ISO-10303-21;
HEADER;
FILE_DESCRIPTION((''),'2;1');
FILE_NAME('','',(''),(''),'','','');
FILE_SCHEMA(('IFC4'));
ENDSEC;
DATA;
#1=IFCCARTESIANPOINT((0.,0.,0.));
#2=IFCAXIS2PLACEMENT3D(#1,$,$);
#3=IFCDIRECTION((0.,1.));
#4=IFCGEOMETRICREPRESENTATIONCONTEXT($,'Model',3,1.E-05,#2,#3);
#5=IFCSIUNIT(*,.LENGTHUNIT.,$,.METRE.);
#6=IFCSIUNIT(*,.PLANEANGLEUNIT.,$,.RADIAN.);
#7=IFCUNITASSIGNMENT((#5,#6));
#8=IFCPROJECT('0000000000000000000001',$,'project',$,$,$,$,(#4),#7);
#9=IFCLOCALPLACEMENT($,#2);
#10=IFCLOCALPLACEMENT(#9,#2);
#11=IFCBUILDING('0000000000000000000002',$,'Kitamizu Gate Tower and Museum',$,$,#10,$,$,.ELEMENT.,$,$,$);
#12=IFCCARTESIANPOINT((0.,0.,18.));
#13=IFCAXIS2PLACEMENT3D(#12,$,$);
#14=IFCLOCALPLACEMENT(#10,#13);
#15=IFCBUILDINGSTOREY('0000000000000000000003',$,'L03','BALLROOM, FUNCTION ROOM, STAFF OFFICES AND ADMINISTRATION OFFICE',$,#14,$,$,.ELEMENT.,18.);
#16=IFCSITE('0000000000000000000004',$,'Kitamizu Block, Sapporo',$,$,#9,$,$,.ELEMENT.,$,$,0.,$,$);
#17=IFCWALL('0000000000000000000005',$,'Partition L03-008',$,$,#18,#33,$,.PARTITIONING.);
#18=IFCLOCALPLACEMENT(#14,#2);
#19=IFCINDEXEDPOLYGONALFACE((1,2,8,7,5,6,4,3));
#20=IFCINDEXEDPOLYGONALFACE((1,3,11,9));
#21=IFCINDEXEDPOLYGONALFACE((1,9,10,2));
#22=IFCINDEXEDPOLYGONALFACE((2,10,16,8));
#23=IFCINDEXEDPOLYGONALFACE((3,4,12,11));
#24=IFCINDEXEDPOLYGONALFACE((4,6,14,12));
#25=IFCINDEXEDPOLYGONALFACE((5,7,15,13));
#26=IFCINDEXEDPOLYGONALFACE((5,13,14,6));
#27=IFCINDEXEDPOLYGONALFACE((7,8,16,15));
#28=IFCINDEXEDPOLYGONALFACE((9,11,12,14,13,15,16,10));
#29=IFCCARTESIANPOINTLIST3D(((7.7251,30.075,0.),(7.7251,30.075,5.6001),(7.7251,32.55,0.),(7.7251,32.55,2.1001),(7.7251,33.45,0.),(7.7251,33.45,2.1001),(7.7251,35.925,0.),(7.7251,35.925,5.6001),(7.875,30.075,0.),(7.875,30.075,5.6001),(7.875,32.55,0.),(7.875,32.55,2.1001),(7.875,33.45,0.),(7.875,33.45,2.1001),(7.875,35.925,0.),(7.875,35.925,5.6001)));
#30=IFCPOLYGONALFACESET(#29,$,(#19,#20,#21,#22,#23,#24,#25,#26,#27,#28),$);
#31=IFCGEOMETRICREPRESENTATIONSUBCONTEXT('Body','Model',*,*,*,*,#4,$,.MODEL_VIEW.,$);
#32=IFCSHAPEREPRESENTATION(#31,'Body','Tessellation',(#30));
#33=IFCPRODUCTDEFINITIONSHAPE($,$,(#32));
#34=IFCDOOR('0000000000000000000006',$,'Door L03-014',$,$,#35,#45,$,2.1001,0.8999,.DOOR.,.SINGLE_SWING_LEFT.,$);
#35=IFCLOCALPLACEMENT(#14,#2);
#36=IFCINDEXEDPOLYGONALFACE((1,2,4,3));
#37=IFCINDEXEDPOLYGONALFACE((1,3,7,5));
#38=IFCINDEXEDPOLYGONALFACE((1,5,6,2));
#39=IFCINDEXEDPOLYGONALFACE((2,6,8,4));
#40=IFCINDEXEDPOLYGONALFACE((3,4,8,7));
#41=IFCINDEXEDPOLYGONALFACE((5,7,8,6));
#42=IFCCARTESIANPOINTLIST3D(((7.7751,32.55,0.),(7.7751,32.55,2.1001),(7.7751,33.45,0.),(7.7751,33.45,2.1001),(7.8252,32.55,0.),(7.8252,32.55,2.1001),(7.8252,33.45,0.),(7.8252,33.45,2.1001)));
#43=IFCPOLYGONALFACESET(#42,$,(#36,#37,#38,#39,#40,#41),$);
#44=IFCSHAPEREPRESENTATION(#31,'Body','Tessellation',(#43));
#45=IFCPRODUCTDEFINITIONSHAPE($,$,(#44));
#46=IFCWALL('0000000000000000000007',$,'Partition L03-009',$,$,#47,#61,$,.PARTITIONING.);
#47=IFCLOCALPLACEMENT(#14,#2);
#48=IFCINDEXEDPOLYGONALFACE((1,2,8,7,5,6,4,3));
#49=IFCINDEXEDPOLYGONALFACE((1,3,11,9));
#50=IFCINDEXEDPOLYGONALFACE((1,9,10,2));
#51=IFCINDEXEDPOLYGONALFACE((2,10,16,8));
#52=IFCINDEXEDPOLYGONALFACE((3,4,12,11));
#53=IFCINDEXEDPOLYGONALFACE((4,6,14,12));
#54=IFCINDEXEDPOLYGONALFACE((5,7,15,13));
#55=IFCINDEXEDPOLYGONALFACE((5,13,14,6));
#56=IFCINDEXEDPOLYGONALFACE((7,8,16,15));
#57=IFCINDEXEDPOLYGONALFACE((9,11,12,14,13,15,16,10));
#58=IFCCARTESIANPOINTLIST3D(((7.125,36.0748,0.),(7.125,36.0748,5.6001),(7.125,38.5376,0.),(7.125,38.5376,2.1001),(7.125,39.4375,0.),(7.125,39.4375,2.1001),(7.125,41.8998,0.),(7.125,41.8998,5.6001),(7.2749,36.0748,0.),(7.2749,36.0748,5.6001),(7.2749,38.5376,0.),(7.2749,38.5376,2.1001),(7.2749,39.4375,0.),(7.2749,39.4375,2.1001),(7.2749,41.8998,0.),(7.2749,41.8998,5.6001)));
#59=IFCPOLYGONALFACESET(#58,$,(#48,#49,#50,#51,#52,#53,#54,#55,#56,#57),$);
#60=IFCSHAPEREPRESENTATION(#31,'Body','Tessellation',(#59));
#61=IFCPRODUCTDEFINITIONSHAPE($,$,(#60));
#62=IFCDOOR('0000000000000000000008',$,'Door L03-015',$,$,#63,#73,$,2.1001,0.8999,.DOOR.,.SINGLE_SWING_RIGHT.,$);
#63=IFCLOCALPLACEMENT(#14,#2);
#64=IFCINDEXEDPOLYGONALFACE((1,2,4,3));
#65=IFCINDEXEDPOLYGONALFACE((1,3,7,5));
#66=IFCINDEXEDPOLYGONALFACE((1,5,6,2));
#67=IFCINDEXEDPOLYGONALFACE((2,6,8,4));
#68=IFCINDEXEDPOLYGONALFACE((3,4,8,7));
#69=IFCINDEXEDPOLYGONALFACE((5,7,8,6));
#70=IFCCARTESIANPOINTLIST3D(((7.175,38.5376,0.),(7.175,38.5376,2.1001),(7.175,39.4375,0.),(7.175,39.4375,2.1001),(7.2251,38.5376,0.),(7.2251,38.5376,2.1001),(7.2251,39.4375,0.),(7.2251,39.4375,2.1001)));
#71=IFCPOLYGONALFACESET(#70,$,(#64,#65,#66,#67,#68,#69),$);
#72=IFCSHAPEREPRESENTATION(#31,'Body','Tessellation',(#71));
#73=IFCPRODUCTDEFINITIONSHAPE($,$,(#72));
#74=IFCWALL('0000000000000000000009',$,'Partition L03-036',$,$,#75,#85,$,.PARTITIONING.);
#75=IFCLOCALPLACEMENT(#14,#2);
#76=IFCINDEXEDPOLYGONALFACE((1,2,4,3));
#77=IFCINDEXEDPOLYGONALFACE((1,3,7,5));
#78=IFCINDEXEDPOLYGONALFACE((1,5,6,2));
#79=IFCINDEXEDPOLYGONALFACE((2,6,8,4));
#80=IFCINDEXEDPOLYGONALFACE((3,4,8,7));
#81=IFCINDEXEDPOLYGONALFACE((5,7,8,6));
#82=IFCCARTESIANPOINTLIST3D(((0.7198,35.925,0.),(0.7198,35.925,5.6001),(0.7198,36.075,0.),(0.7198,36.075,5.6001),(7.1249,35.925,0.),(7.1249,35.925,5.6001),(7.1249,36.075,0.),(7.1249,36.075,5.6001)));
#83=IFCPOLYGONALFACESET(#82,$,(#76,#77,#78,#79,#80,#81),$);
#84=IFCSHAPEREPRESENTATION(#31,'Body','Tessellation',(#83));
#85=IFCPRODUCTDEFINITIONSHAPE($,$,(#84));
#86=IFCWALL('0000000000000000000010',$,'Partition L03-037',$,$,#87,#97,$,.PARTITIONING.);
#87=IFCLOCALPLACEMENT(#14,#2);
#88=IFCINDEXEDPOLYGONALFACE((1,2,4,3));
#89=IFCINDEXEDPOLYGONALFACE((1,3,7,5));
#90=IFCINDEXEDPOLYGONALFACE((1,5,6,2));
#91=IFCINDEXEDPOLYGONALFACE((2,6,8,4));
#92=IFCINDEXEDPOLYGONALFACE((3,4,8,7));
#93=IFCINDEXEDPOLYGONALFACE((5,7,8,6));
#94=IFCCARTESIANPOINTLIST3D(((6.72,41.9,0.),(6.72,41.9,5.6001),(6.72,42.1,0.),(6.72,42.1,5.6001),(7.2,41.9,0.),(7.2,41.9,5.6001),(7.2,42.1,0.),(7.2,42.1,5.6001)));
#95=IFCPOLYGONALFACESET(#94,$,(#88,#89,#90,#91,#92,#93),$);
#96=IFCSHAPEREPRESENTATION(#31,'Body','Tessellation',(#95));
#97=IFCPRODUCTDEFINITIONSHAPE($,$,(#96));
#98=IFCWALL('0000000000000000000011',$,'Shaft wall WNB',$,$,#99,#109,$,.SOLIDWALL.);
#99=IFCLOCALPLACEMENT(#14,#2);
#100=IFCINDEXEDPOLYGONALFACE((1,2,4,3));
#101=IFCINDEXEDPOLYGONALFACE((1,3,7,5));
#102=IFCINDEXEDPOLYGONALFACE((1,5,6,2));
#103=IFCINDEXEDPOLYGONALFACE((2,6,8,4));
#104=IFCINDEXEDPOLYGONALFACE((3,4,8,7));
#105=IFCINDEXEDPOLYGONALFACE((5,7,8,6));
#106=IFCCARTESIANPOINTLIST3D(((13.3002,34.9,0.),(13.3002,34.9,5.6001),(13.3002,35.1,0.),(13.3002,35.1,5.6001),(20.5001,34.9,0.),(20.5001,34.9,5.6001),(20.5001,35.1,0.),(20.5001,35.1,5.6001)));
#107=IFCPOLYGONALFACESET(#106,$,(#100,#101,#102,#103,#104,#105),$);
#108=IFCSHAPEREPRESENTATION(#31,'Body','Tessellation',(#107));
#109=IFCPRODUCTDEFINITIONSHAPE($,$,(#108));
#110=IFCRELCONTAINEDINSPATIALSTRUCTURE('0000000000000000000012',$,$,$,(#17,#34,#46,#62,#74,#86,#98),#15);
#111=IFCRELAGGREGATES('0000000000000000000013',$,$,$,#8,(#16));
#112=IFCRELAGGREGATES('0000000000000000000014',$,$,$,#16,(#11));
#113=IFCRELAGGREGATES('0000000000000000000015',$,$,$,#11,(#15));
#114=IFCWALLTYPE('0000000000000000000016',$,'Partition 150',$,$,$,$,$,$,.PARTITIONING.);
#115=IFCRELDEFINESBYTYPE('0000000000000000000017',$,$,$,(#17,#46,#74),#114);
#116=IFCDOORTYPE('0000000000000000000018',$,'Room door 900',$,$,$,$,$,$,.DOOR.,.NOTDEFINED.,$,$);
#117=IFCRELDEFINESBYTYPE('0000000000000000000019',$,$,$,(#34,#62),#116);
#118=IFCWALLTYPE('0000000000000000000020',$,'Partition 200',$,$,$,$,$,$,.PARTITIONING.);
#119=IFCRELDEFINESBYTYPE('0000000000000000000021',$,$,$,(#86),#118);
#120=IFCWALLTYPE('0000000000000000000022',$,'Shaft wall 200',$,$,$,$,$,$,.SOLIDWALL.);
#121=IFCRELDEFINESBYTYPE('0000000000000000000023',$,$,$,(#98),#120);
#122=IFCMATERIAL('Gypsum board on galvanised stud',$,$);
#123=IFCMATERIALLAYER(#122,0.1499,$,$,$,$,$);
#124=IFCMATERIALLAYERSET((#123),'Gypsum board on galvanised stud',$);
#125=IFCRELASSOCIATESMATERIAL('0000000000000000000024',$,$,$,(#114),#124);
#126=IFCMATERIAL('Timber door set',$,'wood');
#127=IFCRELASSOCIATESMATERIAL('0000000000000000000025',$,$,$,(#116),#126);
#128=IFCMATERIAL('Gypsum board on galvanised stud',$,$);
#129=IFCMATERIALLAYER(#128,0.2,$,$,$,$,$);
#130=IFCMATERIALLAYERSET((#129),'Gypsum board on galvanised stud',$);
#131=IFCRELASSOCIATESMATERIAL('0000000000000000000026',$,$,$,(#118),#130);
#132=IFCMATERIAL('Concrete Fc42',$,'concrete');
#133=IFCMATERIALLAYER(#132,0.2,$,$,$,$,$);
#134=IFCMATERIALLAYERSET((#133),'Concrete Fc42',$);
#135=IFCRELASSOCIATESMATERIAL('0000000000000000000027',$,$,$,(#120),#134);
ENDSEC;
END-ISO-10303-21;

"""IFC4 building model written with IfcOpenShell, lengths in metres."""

from ifc_helpers import new_model, si_unit, direction, frame, frame_2d, origin, place, context, subcontext, project, spatial, rectangle, extrude, material, layer, layer_set, type_object, element, fill, save


model = new_model("IFC4")

# Units and contexts
model_context = context("Model", 3, precision=1e-05, world=origin(), true_north=direction((0.0, 1.0)))
body_context = subcontext(model_context, "Body", "Model", "MODEL_VIEW")
ifc_project = project(units=[si_unit("LENGTHUNIT", "METRE"), si_unit("PLANEANGLEUNIT", "RADIAN")], contexts=[model_context])

# Site, building, storey
site_placement = place(None, origin())
site = spatial("IfcSite", under=ifc_project, at=site_placement, Name="Kitamizu Block, Sapporo", CompositionType="ELEMENT", RefElevation=0.0)
building_placement = place(site_placement, origin())
building = spatial("IfcBuilding", under=site, at=building_placement, Name="Kitamizu Gate Tower and Museum", CompositionType="ELEMENT")
storey_placement = place(building_placement, frame((0.0, 0.0, 18.0)))
storey = spatial("IfcBuildingStorey", under=building, at=storey_placement, Name="L03", Description="BALLROOM, FUNCTION ROOM, STAFF OFFICES AND ADMINISTRATION OFFICE", CompositionType="ELEMENT", Elevation=18.0)

# Shared definitions
ifc_material_1 = material(Name="Gypsum board on galvanised stud")
ifc_layer_1 = layer(ifc_material_1, 0.1499)
ifc_layer_set_1 = layer_set([ifc_layer_1], Name="Gypsum board on galvanised stud")
wall_type_1 = type_object("IfcWallType", Name="Partition 150", PredefinedType="PARTITIONING", material=ifc_layer_set_1)

# Walls, openings, doors
wall_1_placement = place(storey_placement, frame((7.8, 35.925, 0.0), z_axis=(0.0, 0.0, 1.0), x_axis=(0.0, -1.0, 0.0)))
wall_1 = element("IfcWall", 1, at=wall_1_placement, inside=storey, type_object=wall_type_1, Name="Partition L03-008", PredefinedType="PARTITIONING", context=body_context, shape_type="SweptSolid", body=[
    extrude(rectangle(XDim=5.8501, YDim=0.1499, at=frame_2d((2.925, 0.0))), origin(), (0.0, 0.0, 1.0), 5.6001),
])
opening_1_placement = place(wall_1_placement, frame((2.4751, 0.0, 0.0)))
opening_1 = element("IfcOpeningElement", 2, at=opening_1_placement, cuts=wall_1, PredefinedType="OPENING", context=body_context, shape_type="SweptSolid", body=[
    extrude(rectangle(XDim=0.8999, YDim=2.1001, at=frame_2d((0.45, 1.05))), frame((0.0, 0.085, 0.0), z_axis=(0.0, -1.0, 0.0), x_axis=(1.0, 0.0, 0.0)), (0.0, 0.0, 1.0), 0.1699),
])
ifc_material_2 = material(Name="Timber door set", Category="wood")
door_type_1 = type_object("IfcDoorType", Name="Room door 900", OperationType="NOTDEFINED", PredefinedType="DOOR", material=ifc_material_2)
door_1_placement = place(opening_1_placement, frame((0.8999, 0.0, 0.0), x_axis=(-1.0, 0.0, 0.0)))
door_1 = element("IfcDoor", 3, at=door_1_placement, inside=storey, type_object=door_type_1, Name="Door L03-014", OperationType="SINGLE_SWING_LEFT", OverallHeight=2.1001, OverallWidth=0.8999, PredefinedType="DOOR", context=body_context, shape_type="SweptSolid", body=[
    extrude(rectangle(XDim=0.8999, YDim=2.1001, at=frame_2d((0.45, 1.05))), frame((0.0, 0.0249, 0.0), z_axis=(0.0, -1.0, 0.0), x_axis=(1.0, 0.0, 0.0)), (0.0, 0.0, 1.0), 0.05),
])
fill(opening_1, door_1)
wall_2_placement = place(storey_placement, frame((7.2, 41.8999, 0.0), z_axis=(0.0, 0.0, 1.0), x_axis=(0.0, -1.0, 0.0)))
wall_2 = element("IfcWall", 4, at=wall_2_placement, inside=storey, type_object=wall_type_1, Name="Partition L03-009", PredefinedType="PARTITIONING", context=body_context, shape_type="SweptSolid", body=[
    extrude(rectangle(XDim=5.825, YDim=0.1499, at=frame_2d((2.9126, 0.0))), origin(), (0.0, 0.0, 1.0), 5.6001),
])
opening_2_placement = place(wall_2_placement, frame((2.4624, 0.0, 0.0)))
opening_2 = element("IfcOpeningElement", 5, at=opening_2_placement, cuts=wall_2, PredefinedType="OPENING", context=body_context, shape_type="SweptSolid", body=[
    extrude(rectangle(XDim=0.8999, YDim=2.1001, at=frame_2d((0.45, 1.05))), frame((0.0, 0.085, 0.0), z_axis=(0.0, -1.0, 0.0), x_axis=(1.0, 0.0, 0.0)), (0.0, 0.0, 1.0), 0.1699),
])
door_2_placement = place(opening_2_placement, frame((0.8999, 0.0, 0.0), x_axis=(-1.0, 0.0, 0.0)))
door_2 = element("IfcDoor", 6, at=door_2_placement, inside=storey, type_object=door_type_1, Name="Door L03-015", OperationType="SINGLE_SWING_RIGHT", OverallHeight=2.1001, OverallWidth=0.8999, PredefinedType="DOOR", context=body_context, shape_type="SweptSolid", body=[
    extrude(rectangle(XDim=0.8999, YDim=2.1001, at=frame_2d((0.45, 1.05))), frame((0.0, 0.0249, 0.0), z_axis=(0.0, -1.0, 0.0), x_axis=(1.0, 0.0, 0.0)), (0.0, 0.0, 1.0), 0.05),
])
fill(opening_2, door_2)

# Walls
wall_3_placement = place(storey_placement, frame((7.125, 36.0, 0.0), z_axis=(0.0, 0.0, 1.0), x_axis=(-1.0, 0.0, 0.0)))
element("IfcWall", 7, at=wall_3_placement, inside=storey, type_object=wall_type_1, Name="Partition L03-036", PredefinedType="PARTITIONING", context=body_context, shape_type="SweptSolid", body=[
    extrude(rectangle(XDim=6.405, YDim=0.1499, at=frame_2d((3.2026, 0.0))), origin(), (0.0, 0.0, 1.0), 5.6001),
])
ifc_material_3 = material(Name="Gypsum board on galvanised stud")
ifc_layer_2 = layer(ifc_material_3, 0.2)
ifc_layer_set_2 = layer_set([ifc_layer_2], Name="Gypsum board on galvanised stud")
wall_type_2 = type_object("IfcWallType", Name="Partition 200", PredefinedType="PARTITIONING", material=ifc_layer_set_2)
wall_4_placement = place(storey_placement, frame((7.2, 42.0, 0.0), z_axis=(0.0, 0.0, 1.0), x_axis=(-1.0, 0.0, 0.0)))
element("IfcWall", 8, at=wall_4_placement, inside=storey, type_object=wall_type_2, Name="Partition L03-037", PredefinedType="PARTITIONING", context=body_context, shape_type="SweptSolid", body=[
    extrude(rectangle(XDim=0.48, YDim=0.2, at=frame_2d((0.24, 0.0))), origin(), (0.0, 0.0, 1.0), 5.6001),
])
ifc_material_4 = material(Name="Concrete Fc42", Category="concrete")
ifc_layer_3 = layer(ifc_material_4, 0.2)
ifc_layer_set_3 = layer_set([ifc_layer_3], Name="Concrete Fc42")
wall_type_3 = type_object("IfcWallType", Name="Shaft wall 200", PredefinedType="SOLIDWALL", material=ifc_layer_set_3)
wall_5_placement = place(storey_placement, frame((13.3, 35.0, 0.0), z_axis=(0.0, 0.0, 1.0), x_axis=(1.0, 0.0, 0.0)))
element("IfcWall", 9, at=wall_5_placement, inside=storey, type_object=wall_type_3, Name="Shaft wall WNB", PredefinedType="SOLIDWALL", context=body_context, shape_type="SweptSolid", body=[
    extrude(rectangle(XDim=7.2, YDim=0.2, at=frame_2d((3.6001, 0.0))), origin(), (0.0, 0.0, 1.0), 5.6001),
])

save(model, "model.ifc")
